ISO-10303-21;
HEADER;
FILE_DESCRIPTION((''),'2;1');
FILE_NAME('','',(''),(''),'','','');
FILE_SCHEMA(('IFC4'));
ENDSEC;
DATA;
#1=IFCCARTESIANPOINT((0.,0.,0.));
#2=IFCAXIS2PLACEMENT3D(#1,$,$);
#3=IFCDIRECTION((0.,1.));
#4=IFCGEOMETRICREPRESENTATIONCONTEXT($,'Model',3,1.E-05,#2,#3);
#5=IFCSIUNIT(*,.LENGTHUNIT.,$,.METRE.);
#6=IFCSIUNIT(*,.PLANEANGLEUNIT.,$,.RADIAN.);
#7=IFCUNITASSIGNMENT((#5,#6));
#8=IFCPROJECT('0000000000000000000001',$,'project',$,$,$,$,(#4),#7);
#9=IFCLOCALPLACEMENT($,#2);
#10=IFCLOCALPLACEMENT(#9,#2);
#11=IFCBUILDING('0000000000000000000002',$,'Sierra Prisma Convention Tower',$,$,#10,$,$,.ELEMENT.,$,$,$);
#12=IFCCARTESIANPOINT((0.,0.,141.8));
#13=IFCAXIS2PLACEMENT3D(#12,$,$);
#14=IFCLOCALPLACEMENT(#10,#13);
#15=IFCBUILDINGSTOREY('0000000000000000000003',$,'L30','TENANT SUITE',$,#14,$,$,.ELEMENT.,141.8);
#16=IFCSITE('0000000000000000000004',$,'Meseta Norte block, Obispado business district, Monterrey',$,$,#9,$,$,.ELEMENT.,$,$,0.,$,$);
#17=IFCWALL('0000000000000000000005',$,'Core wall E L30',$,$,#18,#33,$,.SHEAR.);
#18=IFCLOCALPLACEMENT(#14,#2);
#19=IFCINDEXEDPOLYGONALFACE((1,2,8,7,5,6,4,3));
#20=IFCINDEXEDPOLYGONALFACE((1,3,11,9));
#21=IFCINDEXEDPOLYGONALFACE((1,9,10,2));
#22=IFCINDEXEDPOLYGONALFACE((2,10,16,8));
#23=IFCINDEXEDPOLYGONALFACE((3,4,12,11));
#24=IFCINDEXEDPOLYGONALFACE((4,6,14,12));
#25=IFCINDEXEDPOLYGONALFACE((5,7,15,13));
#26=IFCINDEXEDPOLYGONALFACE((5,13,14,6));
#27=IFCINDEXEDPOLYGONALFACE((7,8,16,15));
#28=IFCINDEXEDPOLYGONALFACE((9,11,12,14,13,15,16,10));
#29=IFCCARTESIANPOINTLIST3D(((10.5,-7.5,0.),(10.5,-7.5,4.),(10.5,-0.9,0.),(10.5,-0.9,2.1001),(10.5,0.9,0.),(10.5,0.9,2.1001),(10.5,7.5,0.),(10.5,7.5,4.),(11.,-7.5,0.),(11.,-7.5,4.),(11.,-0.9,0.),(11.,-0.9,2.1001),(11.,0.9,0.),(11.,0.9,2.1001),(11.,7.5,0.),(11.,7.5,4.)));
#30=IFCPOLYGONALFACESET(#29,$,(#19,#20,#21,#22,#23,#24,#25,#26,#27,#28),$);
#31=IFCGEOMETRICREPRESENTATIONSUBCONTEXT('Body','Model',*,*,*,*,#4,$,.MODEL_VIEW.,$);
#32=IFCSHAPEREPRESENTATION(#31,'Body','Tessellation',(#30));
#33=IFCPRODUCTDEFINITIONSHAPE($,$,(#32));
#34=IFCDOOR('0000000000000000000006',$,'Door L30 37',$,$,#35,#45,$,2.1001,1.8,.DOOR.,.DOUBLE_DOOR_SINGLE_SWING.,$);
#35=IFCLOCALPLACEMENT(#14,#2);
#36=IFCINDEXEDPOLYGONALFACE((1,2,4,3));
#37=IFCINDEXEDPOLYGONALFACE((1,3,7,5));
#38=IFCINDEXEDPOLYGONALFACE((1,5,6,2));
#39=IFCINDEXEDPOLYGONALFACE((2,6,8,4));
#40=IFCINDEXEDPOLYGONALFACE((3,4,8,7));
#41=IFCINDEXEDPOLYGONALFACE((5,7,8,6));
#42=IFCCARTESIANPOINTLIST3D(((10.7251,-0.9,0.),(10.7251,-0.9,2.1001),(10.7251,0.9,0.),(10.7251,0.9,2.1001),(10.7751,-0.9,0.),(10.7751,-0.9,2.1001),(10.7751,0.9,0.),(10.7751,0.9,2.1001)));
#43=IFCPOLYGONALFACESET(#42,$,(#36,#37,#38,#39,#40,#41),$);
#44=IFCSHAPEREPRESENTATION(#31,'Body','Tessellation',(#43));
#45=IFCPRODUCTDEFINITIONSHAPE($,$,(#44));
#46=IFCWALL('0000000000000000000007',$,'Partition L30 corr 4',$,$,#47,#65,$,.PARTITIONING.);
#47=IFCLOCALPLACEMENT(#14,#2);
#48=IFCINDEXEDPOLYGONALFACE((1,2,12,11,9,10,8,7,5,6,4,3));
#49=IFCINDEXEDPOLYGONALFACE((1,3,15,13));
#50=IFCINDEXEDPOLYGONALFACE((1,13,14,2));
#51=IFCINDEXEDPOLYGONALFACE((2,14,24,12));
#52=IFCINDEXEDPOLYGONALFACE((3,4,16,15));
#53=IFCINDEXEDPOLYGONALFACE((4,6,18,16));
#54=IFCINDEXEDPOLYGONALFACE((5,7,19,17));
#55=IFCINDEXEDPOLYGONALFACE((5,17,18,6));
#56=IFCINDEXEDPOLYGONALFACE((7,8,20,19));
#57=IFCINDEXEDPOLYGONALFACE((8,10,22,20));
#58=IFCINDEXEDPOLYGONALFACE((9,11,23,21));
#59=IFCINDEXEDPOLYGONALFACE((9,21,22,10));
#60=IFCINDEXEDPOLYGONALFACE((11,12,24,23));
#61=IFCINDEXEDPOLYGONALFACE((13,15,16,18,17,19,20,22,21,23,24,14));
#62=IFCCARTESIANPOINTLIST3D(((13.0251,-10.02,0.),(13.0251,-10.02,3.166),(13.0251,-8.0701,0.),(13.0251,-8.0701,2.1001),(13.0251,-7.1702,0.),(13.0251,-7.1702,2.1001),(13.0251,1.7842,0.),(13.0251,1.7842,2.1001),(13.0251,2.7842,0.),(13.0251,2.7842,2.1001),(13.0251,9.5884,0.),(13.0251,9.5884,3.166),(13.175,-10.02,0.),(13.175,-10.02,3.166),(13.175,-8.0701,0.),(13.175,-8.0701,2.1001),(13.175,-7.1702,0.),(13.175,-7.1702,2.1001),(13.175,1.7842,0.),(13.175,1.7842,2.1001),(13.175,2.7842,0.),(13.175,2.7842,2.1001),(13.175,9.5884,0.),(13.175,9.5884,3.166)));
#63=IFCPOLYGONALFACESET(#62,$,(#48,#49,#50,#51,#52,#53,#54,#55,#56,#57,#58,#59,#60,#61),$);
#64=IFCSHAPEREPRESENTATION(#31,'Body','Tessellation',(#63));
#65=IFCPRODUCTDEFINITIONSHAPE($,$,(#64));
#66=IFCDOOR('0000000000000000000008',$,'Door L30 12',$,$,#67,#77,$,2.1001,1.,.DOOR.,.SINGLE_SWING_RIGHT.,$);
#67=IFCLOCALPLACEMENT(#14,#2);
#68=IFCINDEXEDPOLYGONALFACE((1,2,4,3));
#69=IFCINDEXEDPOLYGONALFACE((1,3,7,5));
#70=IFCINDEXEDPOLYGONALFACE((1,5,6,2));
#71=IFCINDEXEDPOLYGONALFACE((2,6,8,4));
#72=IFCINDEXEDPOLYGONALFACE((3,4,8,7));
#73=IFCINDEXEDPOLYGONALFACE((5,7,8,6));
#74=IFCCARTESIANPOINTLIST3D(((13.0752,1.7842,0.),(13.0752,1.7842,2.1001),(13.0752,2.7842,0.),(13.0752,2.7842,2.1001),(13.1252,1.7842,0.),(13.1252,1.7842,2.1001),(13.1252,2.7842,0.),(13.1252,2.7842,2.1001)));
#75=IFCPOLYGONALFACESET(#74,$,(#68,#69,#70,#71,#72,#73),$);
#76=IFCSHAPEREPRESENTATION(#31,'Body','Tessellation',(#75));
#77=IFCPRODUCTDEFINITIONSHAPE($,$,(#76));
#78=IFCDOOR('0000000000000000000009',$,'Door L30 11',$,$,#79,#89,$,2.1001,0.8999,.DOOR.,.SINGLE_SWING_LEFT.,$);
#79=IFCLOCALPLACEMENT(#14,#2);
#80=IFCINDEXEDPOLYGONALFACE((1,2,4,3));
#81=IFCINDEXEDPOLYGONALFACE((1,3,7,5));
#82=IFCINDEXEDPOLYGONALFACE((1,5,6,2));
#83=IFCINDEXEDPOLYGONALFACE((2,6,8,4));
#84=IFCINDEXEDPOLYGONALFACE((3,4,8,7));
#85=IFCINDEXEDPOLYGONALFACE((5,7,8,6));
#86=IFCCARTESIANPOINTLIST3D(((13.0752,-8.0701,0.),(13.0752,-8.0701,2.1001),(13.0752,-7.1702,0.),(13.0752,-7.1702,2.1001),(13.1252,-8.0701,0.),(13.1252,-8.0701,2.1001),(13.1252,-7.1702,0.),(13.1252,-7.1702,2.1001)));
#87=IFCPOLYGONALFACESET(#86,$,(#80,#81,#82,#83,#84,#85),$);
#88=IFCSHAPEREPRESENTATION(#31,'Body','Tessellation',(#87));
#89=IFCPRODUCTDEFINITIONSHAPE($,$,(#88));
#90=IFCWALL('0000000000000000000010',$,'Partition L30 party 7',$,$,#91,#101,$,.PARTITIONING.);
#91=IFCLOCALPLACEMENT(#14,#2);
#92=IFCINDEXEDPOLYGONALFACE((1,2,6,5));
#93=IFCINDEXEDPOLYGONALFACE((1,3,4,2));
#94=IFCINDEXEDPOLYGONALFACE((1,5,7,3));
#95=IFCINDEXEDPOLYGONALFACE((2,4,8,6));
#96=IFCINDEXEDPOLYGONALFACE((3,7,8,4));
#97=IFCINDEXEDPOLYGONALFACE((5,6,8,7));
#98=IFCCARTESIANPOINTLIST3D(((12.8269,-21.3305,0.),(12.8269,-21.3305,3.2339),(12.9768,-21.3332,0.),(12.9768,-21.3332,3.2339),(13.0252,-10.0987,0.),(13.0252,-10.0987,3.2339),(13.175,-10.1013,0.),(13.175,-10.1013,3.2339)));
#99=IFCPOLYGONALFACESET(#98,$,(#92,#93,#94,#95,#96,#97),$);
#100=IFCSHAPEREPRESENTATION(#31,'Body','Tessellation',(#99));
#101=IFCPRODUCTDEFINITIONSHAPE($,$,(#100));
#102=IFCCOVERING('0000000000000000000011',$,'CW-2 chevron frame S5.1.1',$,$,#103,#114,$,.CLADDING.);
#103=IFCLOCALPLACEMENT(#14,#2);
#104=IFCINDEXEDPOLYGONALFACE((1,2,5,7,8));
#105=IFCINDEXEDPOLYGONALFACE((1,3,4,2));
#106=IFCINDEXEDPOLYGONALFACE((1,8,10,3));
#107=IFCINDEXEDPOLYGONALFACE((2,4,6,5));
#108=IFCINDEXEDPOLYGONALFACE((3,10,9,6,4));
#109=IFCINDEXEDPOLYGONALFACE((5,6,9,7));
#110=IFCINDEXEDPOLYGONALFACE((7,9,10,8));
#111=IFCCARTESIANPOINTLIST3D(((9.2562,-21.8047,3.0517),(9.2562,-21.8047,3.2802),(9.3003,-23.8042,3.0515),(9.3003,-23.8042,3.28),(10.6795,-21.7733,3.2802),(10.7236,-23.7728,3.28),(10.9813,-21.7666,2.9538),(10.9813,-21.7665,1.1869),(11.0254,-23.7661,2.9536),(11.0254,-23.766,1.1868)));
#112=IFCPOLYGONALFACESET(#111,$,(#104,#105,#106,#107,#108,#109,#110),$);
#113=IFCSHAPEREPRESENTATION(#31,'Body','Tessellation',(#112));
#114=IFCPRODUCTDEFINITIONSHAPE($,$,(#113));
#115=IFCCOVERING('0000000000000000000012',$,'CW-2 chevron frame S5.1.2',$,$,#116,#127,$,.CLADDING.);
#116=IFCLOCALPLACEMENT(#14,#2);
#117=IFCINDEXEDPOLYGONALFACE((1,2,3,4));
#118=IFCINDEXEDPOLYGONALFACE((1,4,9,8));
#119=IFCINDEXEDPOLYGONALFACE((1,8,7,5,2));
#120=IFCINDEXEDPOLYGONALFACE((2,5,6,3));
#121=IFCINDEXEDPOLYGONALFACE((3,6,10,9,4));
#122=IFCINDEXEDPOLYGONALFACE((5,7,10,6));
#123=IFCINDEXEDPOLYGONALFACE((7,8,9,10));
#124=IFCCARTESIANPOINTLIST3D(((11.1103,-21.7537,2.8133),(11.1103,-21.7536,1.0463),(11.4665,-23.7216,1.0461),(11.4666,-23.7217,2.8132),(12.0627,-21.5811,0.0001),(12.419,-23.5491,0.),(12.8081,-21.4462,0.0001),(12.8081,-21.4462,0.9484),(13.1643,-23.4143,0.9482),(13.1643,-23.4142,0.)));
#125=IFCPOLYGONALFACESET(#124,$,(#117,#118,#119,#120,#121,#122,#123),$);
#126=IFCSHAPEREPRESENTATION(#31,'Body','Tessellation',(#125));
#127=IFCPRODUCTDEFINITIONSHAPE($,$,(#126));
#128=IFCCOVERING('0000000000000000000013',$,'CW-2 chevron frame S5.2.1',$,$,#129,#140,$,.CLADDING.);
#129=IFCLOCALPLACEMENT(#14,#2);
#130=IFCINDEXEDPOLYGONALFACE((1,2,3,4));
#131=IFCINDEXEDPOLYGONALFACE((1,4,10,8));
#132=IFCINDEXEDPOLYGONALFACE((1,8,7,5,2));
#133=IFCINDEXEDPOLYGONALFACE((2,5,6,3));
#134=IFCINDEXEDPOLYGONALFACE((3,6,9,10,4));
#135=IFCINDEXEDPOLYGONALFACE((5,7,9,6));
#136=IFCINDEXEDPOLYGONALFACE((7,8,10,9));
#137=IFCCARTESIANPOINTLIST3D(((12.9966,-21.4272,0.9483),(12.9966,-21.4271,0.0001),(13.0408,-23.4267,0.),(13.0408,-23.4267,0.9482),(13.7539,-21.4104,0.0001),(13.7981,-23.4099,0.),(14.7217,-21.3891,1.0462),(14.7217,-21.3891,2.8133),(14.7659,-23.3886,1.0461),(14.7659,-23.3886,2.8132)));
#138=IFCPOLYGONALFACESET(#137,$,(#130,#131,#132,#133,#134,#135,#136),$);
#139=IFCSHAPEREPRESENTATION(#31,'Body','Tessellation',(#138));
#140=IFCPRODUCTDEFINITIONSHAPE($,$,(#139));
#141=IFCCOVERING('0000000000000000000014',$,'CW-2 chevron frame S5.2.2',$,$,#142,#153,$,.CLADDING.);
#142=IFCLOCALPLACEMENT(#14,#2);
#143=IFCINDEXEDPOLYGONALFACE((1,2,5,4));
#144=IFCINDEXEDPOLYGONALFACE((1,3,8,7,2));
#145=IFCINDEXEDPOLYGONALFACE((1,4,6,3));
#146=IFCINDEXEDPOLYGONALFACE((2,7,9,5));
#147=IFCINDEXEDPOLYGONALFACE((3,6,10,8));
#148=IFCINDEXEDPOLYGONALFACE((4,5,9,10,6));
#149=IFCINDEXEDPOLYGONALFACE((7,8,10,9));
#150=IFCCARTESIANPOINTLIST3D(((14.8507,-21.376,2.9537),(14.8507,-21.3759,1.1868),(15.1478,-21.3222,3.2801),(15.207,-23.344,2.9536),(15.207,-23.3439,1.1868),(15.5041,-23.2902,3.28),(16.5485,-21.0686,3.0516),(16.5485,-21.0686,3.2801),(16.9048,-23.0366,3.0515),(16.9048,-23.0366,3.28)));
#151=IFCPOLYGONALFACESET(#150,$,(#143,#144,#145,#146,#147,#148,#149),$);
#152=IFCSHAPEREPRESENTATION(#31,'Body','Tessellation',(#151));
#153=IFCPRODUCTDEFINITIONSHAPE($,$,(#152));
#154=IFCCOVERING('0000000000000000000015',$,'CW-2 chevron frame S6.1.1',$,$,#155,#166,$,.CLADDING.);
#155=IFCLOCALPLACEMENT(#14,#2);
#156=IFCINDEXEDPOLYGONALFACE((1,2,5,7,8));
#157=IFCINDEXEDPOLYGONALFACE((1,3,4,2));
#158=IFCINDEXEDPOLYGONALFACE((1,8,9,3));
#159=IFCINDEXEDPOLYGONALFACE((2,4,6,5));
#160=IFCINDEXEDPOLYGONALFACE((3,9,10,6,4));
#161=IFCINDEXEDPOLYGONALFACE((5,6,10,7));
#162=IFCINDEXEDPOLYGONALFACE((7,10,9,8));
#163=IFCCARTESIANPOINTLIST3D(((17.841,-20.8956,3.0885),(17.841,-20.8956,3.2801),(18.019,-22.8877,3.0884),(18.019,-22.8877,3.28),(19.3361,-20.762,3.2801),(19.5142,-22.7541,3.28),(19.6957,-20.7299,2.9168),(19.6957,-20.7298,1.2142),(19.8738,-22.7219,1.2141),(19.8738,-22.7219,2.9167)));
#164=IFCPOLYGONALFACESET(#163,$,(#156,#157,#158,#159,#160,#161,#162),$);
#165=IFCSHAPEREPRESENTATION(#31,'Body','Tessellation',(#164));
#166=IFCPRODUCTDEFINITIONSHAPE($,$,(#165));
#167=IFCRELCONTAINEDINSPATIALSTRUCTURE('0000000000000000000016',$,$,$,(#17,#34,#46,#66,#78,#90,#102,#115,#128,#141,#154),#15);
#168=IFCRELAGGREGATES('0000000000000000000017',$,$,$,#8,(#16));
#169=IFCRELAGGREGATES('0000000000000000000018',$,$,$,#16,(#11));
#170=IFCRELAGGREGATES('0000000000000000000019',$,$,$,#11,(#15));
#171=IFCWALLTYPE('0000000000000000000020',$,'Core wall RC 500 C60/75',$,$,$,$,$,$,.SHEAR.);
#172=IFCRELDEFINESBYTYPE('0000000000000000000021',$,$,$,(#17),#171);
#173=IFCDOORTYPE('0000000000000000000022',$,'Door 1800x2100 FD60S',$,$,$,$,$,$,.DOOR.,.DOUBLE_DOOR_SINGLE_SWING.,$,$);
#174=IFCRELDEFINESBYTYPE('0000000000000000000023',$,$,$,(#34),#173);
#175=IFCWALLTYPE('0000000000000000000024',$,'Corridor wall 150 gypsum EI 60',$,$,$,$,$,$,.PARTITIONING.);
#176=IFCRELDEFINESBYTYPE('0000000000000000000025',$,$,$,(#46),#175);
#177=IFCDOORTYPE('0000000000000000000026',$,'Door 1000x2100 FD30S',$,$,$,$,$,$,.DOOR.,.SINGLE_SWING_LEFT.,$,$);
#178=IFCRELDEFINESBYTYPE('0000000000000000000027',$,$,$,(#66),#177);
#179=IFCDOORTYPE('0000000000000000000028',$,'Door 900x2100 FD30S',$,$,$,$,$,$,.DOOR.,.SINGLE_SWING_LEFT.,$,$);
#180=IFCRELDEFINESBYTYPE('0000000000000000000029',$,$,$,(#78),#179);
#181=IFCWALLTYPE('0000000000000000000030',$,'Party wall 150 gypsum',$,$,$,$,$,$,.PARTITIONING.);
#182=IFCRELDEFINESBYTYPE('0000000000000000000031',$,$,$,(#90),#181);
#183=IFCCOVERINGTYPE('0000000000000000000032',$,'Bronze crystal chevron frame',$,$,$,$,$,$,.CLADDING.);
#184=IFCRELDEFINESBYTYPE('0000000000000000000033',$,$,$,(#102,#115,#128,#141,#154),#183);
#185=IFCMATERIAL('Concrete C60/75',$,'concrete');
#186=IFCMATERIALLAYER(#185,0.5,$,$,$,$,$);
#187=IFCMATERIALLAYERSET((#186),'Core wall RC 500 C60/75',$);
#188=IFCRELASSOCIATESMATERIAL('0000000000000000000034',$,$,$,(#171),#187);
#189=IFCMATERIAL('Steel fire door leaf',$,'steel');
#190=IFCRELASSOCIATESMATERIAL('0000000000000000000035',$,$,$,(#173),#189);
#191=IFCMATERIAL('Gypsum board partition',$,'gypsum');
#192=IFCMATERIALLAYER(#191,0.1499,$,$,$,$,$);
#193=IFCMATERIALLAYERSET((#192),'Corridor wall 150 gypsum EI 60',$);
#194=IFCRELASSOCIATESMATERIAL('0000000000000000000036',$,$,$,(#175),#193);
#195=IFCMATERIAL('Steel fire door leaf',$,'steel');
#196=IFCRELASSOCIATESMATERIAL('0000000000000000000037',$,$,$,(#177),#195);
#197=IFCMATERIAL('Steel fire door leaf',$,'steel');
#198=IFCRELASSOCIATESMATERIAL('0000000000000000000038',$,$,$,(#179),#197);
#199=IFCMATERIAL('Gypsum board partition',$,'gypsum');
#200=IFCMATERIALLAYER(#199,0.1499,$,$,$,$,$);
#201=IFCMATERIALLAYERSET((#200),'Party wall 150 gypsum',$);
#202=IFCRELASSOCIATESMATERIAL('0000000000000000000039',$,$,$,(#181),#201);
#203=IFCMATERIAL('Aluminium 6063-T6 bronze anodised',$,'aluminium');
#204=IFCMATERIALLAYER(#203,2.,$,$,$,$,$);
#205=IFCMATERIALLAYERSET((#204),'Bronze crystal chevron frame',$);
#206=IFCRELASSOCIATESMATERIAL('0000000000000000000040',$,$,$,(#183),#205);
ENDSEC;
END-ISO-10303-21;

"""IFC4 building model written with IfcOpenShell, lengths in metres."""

from ifc_helpers import new_model, si_unit, direction, frame, frame_2d, origin, place, context, subcontext, project, spatial, polyline, rectangle, outline, extrude, material, layer, layer_set, type_object, element, fill, save


model = new_model("IFC4")

# Units and contexts
model_context = context("Model", 3, precision=1e-05, world=origin(), true_north=direction((0.0, 1.0)))
body_context = subcontext(model_context, "Body", "Model", "MODEL_VIEW")
ifc_project = project(units=[si_unit("LENGTHUNIT", "METRE"), si_unit("PLANEANGLEUNIT", "RADIAN")], contexts=[model_context])

# Site, building, storey
site_placement = place(None, origin())
site = spatial("IfcSite", under=ifc_project, at=site_placement, Name="Meseta Norte block, Obispado business district, Monterrey", CompositionType="ELEMENT", RefElevation=0.0)
building_placement = place(site_placement, origin())
building = spatial("IfcBuilding", under=site, at=building_placement, Name="Sierra Prisma Convention Tower", CompositionType="ELEMENT")
storey_placement = place(building_placement, frame((0.0, 0.0, 141.8)))
storey = spatial("IfcBuildingStorey", under=building, at=storey_placement, Name="L30", Description="TENANT SUITE", CompositionType="ELEMENT", Elevation=141.8)

# Wall, opening, door
ifc_material_1 = material(Name="Concrete C60/75", Category="concrete")
ifc_layer_1 = layer(ifc_material_1, 0.5)
ifc_layer_set_1 = layer_set([ifc_layer_1], Name="Core wall RC 500 C60/75")
wall_type_1 = type_object("IfcWallType", Name="Core wall RC 500 C60/75", PredefinedType="SHEAR", material=ifc_layer_set_1)
wall_1_placement = place(storey_placement, frame((10.75, -7.5, 0.0), z_axis=(0.0, 0.0, 1.0), x_axis=(0.0, 1.0, 0.0)))
wall_1 = element("IfcWall", 1, at=wall_1_placement, inside=storey, type_object=wall_type_1, Name="Core wall E L30", PredefinedType="SHEAR", context=body_context, shape_type="SweptSolid", body=[
    extrude(rectangle(XDim=15.0, YDim=0.5, at=frame_2d((7.5, 0.0))), origin(), (0.0, 0.0, 1.0), 4.0),
])
opening_1_placement = place(wall_1_placement, frame((6.6001, 0.0, 0.0)))
opening_1 = element("IfcOpeningElement", 2, at=opening_1_placement, cuts=wall_1, PredefinedType="OPENING", context=body_context, shape_type="SweptSolid", body=[
    extrude(rectangle(XDim=1.8, YDim=2.1001, at=frame_2d((0.8999, 1.05))), frame((0.0, 0.25, 0.0), z_axis=(0.0, -1.0, 0.0), x_axis=(1.0, 0.0, 0.0)), (0.0, 0.0, 1.0), 0.5),
])
ifc_material_2 = material(Name="Steel fire door leaf", Category="steel")
door_type_1 = type_object("IfcDoorType", Name="Door 1800x2100 FD60S", OperationType="DOUBLE_DOOR_SINGLE_SWING", PredefinedType="DOOR", material=ifc_material_2)
door_1_placement = place(opening_1_placement, origin())
door_1 = element("IfcDoor", 3, at=door_1_placement, inside=storey, type_object=door_type_1, Name="Door L30 37", OperationType="DOUBLE_DOOR_SINGLE_SWING", OverallHeight=2.1001, OverallWidth=1.8, PredefinedType="DOOR", context=body_context, shape_type="SweptSolid", body=[
    extrude(rectangle(XDim=1.8, YDim=2.1001, at=frame_2d((0.8999, 1.05))), frame((0.0, 0.0249, 0.0), z_axis=(0.0, -1.0, 0.0), x_axis=(1.0, 0.0, 0.0)), (0.0, 0.0, 1.0), 0.05),
])
fill(opening_1, door_1)

# Wall, openings, doors
ifc_material_3 = material(Name="Gypsum board partition", Category="gypsum")
ifc_layer_2 = layer(ifc_material_3, 0.1499)
ifc_layer_set_2 = layer_set([ifc_layer_2], Name="Corridor wall 150 gypsum EI 60")
wall_type_2 = type_object("IfcWallType", Name="Corridor wall 150 gypsum EI 60", PredefinedType="PARTITIONING", material=ifc_layer_set_2)
wall_2_placement = place(storey_placement, frame((13.1001, -10.02, 0.0), z_axis=(0.0, 0.0, 1.0), x_axis=(0.0, 1.0, 0.0)))
wall_2 = element("IfcWall", 4, at=wall_2_placement, inside=storey, type_object=wall_type_2, Name="Partition L30 corr 4", PredefinedType="PARTITIONING", context=body_context, shape_type="SweptSolid", body=[
    extrude(rectangle(XDim=19.6084, YDim=0.1499, at=frame_2d((9.8042, 0.0))), origin(), (0.0, 0.0, 1.0), 3.166),
])
opening_2_placement = place(wall_2_placement, frame((1.95, 0.0, 0.0)))
opening_2 = element("IfcOpeningElement", 5, at=opening_2_placement, cuts=wall_2, PredefinedType="OPENING", context=body_context, shape_type="SweptSolid", body=[
    extrude(rectangle(XDim=0.8999, YDim=2.1001, at=frame_2d((0.45, 1.05))), frame((0.0, 0.075, 0.0), z_axis=(0.0, -1.0, 0.0), x_axis=(1.0, 0.0, 0.0)), (0.0, 0.0, 1.0), 0.1499),
])
opening_3_placement = place(wall_2_placement, frame((11.8042, 0.0, 0.0)))
opening_3 = element("IfcOpeningElement", 6, at=opening_3_placement, cuts=wall_2, PredefinedType="OPENING", context=body_context, shape_type="SweptSolid", body=[
    extrude(rectangle(XDim=1.0, YDim=2.1001, at=frame_2d((0.5, 1.05))), frame((0.0, 0.075, 0.0), z_axis=(0.0, -1.0, 0.0), x_axis=(1.0, 0.0, 0.0)), (0.0, 0.0, 1.0), 0.1499),
])
ifc_material_4 = material(Name="Steel fire door leaf", Category="steel")
door_type_2 = type_object("IfcDoorType", Name="Door 1000x2100 FD30S", OperationType="SINGLE_SWING_LEFT", PredefinedType="DOOR", material=ifc_material_4)
door_2_placement = place(opening_3_placement, origin())
door_2 = element("IfcDoor", 7, at=door_2_placement, inside=storey, type_object=door_type_2, Name="Door L30 12", OperationType="SINGLE_SWING_RIGHT", OverallHeight=2.1001, OverallWidth=1.0, PredefinedType="DOOR", context=body_context, shape_type="SweptSolid", body=[
    extrude(rectangle(XDim=1.0, YDim=2.1001, at=frame_2d((0.5, 1.05))), frame((0.0, 0.0249, 0.0), z_axis=(0.0, -1.0, 0.0), x_axis=(1.0, 0.0, 0.0)), (0.0, 0.0, 1.0), 0.05),
])
fill(opening_3, door_2)
ifc_material_5 = material(Name="Steel fire door leaf", Category="steel")
door_type_3 = type_object("IfcDoorType", Name="Door 900x2100 FD30S", OperationType="SINGLE_SWING_LEFT", PredefinedType="DOOR", material=ifc_material_5)
door_3_placement = place(opening_2_placement, origin())
door_3 = element("IfcDoor", 8, at=door_3_placement, inside=storey, type_object=door_type_3, Name="Door L30 11", OperationType="SINGLE_SWING_LEFT", OverallHeight=2.1001, OverallWidth=0.8999, PredefinedType="DOOR", context=body_context, shape_type="SweptSolid", body=[
    extrude(rectangle(XDim=0.8999, YDim=2.1001, at=frame_2d((0.45, 1.05))), frame((0.0, 0.0249, 0.0), z_axis=(0.0, -1.0, 0.0), x_axis=(1.0, 0.0, 0.0)), (0.0, 0.0, 1.0), 0.05),
])
fill(opening_2, door_3)

# Wall
ifc_material_6 = material(Name="Gypsum board partition", Category="gypsum")
ifc_layer_3 = layer(ifc_material_6, 0.1499)
ifc_layer_set_3 = layer_set([ifc_layer_3], Name="Party wall 150 gypsum")
wall_type_3 = type_object("IfcWallType", Name="Party wall 150 gypsum", PredefinedType="PARTITIONING", material=ifc_layer_set_3)
wall_3_placement = place(storey_placement, frame((13.1001, -10.1001, 0.0), z_axis=(0.0, 0.0, 1.0), x_axis=(-0.017647, -0.999844, 0.0)))
element("IfcWall", 9, at=wall_3_placement, inside=storey, type_object=wall_type_3, Name="Partition L30 party 7", PredefinedType="PARTITIONING", context=body_context, shape_type="SweptSolid", body=[
    extrude(rectangle(XDim=11.2336, YDim=0.1499, at=frame_2d((5.6167, 0.0))), origin(), (0.0, 0.0, 1.0), 3.2339),
])

# Coverings
ifc_material_7 = material(Name="Aluminium 6063-T6 bronze anodised", Category="aluminium")
ifc_layer_4 = layer(ifc_material_7, 2.0)
ifc_layer_set_4 = layer_set([ifc_layer_4], Name="Bronze crystal chevron frame")
covering_type = type_object("IfcCoveringType", Name="Bronze crystal chevron frame", PredefinedType="CLADDING", material=ifc_layer_set_4)
covering_1_placement = place(storey_placement, frame((9.3003, -23.8042, 3.28), z_axis=(0.022058, -0.999757, -0.000077), x_axis=(-0.000002, 0.000077, -1.0)))
element("IfcCovering", 10, at=covering_1_placement, inside=storey, type_object=covering_type, Name="CW-2 chevron frame S5.1.1", PredefinedType="CLADDING", context=body_context, shape_type="SweptSolid", body=[
    extrude(outline(polyline([(0.0, 0.0), (0.2285, 0.0), (2.0933, 1.7255), (0.3264, 1.7255), (0.0, 1.4237), (0.0, 0.0)])), origin(), (0.0, 0.0, -1.0), 2.0),
])
covering_2_placement = place(storey_placement, frame((11.4666, -23.7217, 2.8132), z_axis=(0.178117, -0.984009, -0.000056), x_axis=(-0.00001, 0.000055, -1.0)))
element("IfcCovering", 11, at=covering_2_placement, inside=storey, type_object=covering_type, Name="CW-2 chevron frame S5.1.2", PredefinedType="CLADDING", context=body_context, shape_type="SweptSolid", body=[
    extrude(outline(polyline([(0.0, 0.0), (1.7671, 0.0), (2.8132, 0.9679), (2.8132, 1.7254), (1.865, 1.7254), (0.0, 0.0)])), origin(), (0.0, 0.0, -1.0), 2.0),
])
covering_3_placement = place(storey_placement, frame((13.7981, -23.4099, 0.0), z_axis=(0.022096, -0.999756, -0.00004), x_axis=(0.679, 0.014978, 0.733986)))
element("IfcCovering", 12, at=covering_3_placement, inside=storey, type_object=covering_type, Name="CW-2 chevron frame S5.2.1", PredefinedType="CLADDING", context=body_context, shape_type="SweptSolid", body=[
    extrude(outline(polyline([(0.0, 0.0), (1.4253, 0.0), (2.7223, 1.2001), (0.1815, 1.2), (-0.5145, 0.556), (0.0, 0.0)])), origin(), (0.0, 0.0, -1.0), 2.0),
])
covering_4_placement = place(storey_placement, frame((16.9048, -23.0366, 3.28), z_axis=(0.178157, -0.984002, -0.000035), x_axis=(-0.984002, -0.178157, 0.0)))
element("IfcCovering", 13, at=covering_4_placement, inside=storey, type_object=covering_type, Name="CW-2 chevron frame S5.2.2", PredefinedType="CLADDING", context=body_context, shape_type="SweptSolid", body=[
    extrude(outline(polyline([(0.0, 0.0), (1.4234, 0.0), (1.7254, 0.3264), (1.7254, 2.0933), (0.0, 0.2285), (0.0, 0.0)])), origin(), (0.0, 0.0, -1.0), 2.0),
])
covering_5_placement = place(storey_placement, frame((18.019, -22.8877, 3.28), z_axis=(0.089015, -0.99603, -0.000039), x_axis=(-0.000003, 0.000038, -1.0)))
element("IfcCovering", 14, at=covering_5_placement, inside=storey, type_object=covering_type, Name="CW-2 chevron frame S6.1.1", PredefinedType="CLADDING", context=body_context, shape_type="SweptSolid", body=[
    extrude(outline(polyline([(0.0, 0.0), (0.1917, 0.0), (2.0659, 1.8621), (0.3633, 1.8621), (0.0, 1.5011), (0.0, 0.0)])), origin(), (0.0, 0.0, -1.0), 2.0),
])

save(model, "model.ifc")
